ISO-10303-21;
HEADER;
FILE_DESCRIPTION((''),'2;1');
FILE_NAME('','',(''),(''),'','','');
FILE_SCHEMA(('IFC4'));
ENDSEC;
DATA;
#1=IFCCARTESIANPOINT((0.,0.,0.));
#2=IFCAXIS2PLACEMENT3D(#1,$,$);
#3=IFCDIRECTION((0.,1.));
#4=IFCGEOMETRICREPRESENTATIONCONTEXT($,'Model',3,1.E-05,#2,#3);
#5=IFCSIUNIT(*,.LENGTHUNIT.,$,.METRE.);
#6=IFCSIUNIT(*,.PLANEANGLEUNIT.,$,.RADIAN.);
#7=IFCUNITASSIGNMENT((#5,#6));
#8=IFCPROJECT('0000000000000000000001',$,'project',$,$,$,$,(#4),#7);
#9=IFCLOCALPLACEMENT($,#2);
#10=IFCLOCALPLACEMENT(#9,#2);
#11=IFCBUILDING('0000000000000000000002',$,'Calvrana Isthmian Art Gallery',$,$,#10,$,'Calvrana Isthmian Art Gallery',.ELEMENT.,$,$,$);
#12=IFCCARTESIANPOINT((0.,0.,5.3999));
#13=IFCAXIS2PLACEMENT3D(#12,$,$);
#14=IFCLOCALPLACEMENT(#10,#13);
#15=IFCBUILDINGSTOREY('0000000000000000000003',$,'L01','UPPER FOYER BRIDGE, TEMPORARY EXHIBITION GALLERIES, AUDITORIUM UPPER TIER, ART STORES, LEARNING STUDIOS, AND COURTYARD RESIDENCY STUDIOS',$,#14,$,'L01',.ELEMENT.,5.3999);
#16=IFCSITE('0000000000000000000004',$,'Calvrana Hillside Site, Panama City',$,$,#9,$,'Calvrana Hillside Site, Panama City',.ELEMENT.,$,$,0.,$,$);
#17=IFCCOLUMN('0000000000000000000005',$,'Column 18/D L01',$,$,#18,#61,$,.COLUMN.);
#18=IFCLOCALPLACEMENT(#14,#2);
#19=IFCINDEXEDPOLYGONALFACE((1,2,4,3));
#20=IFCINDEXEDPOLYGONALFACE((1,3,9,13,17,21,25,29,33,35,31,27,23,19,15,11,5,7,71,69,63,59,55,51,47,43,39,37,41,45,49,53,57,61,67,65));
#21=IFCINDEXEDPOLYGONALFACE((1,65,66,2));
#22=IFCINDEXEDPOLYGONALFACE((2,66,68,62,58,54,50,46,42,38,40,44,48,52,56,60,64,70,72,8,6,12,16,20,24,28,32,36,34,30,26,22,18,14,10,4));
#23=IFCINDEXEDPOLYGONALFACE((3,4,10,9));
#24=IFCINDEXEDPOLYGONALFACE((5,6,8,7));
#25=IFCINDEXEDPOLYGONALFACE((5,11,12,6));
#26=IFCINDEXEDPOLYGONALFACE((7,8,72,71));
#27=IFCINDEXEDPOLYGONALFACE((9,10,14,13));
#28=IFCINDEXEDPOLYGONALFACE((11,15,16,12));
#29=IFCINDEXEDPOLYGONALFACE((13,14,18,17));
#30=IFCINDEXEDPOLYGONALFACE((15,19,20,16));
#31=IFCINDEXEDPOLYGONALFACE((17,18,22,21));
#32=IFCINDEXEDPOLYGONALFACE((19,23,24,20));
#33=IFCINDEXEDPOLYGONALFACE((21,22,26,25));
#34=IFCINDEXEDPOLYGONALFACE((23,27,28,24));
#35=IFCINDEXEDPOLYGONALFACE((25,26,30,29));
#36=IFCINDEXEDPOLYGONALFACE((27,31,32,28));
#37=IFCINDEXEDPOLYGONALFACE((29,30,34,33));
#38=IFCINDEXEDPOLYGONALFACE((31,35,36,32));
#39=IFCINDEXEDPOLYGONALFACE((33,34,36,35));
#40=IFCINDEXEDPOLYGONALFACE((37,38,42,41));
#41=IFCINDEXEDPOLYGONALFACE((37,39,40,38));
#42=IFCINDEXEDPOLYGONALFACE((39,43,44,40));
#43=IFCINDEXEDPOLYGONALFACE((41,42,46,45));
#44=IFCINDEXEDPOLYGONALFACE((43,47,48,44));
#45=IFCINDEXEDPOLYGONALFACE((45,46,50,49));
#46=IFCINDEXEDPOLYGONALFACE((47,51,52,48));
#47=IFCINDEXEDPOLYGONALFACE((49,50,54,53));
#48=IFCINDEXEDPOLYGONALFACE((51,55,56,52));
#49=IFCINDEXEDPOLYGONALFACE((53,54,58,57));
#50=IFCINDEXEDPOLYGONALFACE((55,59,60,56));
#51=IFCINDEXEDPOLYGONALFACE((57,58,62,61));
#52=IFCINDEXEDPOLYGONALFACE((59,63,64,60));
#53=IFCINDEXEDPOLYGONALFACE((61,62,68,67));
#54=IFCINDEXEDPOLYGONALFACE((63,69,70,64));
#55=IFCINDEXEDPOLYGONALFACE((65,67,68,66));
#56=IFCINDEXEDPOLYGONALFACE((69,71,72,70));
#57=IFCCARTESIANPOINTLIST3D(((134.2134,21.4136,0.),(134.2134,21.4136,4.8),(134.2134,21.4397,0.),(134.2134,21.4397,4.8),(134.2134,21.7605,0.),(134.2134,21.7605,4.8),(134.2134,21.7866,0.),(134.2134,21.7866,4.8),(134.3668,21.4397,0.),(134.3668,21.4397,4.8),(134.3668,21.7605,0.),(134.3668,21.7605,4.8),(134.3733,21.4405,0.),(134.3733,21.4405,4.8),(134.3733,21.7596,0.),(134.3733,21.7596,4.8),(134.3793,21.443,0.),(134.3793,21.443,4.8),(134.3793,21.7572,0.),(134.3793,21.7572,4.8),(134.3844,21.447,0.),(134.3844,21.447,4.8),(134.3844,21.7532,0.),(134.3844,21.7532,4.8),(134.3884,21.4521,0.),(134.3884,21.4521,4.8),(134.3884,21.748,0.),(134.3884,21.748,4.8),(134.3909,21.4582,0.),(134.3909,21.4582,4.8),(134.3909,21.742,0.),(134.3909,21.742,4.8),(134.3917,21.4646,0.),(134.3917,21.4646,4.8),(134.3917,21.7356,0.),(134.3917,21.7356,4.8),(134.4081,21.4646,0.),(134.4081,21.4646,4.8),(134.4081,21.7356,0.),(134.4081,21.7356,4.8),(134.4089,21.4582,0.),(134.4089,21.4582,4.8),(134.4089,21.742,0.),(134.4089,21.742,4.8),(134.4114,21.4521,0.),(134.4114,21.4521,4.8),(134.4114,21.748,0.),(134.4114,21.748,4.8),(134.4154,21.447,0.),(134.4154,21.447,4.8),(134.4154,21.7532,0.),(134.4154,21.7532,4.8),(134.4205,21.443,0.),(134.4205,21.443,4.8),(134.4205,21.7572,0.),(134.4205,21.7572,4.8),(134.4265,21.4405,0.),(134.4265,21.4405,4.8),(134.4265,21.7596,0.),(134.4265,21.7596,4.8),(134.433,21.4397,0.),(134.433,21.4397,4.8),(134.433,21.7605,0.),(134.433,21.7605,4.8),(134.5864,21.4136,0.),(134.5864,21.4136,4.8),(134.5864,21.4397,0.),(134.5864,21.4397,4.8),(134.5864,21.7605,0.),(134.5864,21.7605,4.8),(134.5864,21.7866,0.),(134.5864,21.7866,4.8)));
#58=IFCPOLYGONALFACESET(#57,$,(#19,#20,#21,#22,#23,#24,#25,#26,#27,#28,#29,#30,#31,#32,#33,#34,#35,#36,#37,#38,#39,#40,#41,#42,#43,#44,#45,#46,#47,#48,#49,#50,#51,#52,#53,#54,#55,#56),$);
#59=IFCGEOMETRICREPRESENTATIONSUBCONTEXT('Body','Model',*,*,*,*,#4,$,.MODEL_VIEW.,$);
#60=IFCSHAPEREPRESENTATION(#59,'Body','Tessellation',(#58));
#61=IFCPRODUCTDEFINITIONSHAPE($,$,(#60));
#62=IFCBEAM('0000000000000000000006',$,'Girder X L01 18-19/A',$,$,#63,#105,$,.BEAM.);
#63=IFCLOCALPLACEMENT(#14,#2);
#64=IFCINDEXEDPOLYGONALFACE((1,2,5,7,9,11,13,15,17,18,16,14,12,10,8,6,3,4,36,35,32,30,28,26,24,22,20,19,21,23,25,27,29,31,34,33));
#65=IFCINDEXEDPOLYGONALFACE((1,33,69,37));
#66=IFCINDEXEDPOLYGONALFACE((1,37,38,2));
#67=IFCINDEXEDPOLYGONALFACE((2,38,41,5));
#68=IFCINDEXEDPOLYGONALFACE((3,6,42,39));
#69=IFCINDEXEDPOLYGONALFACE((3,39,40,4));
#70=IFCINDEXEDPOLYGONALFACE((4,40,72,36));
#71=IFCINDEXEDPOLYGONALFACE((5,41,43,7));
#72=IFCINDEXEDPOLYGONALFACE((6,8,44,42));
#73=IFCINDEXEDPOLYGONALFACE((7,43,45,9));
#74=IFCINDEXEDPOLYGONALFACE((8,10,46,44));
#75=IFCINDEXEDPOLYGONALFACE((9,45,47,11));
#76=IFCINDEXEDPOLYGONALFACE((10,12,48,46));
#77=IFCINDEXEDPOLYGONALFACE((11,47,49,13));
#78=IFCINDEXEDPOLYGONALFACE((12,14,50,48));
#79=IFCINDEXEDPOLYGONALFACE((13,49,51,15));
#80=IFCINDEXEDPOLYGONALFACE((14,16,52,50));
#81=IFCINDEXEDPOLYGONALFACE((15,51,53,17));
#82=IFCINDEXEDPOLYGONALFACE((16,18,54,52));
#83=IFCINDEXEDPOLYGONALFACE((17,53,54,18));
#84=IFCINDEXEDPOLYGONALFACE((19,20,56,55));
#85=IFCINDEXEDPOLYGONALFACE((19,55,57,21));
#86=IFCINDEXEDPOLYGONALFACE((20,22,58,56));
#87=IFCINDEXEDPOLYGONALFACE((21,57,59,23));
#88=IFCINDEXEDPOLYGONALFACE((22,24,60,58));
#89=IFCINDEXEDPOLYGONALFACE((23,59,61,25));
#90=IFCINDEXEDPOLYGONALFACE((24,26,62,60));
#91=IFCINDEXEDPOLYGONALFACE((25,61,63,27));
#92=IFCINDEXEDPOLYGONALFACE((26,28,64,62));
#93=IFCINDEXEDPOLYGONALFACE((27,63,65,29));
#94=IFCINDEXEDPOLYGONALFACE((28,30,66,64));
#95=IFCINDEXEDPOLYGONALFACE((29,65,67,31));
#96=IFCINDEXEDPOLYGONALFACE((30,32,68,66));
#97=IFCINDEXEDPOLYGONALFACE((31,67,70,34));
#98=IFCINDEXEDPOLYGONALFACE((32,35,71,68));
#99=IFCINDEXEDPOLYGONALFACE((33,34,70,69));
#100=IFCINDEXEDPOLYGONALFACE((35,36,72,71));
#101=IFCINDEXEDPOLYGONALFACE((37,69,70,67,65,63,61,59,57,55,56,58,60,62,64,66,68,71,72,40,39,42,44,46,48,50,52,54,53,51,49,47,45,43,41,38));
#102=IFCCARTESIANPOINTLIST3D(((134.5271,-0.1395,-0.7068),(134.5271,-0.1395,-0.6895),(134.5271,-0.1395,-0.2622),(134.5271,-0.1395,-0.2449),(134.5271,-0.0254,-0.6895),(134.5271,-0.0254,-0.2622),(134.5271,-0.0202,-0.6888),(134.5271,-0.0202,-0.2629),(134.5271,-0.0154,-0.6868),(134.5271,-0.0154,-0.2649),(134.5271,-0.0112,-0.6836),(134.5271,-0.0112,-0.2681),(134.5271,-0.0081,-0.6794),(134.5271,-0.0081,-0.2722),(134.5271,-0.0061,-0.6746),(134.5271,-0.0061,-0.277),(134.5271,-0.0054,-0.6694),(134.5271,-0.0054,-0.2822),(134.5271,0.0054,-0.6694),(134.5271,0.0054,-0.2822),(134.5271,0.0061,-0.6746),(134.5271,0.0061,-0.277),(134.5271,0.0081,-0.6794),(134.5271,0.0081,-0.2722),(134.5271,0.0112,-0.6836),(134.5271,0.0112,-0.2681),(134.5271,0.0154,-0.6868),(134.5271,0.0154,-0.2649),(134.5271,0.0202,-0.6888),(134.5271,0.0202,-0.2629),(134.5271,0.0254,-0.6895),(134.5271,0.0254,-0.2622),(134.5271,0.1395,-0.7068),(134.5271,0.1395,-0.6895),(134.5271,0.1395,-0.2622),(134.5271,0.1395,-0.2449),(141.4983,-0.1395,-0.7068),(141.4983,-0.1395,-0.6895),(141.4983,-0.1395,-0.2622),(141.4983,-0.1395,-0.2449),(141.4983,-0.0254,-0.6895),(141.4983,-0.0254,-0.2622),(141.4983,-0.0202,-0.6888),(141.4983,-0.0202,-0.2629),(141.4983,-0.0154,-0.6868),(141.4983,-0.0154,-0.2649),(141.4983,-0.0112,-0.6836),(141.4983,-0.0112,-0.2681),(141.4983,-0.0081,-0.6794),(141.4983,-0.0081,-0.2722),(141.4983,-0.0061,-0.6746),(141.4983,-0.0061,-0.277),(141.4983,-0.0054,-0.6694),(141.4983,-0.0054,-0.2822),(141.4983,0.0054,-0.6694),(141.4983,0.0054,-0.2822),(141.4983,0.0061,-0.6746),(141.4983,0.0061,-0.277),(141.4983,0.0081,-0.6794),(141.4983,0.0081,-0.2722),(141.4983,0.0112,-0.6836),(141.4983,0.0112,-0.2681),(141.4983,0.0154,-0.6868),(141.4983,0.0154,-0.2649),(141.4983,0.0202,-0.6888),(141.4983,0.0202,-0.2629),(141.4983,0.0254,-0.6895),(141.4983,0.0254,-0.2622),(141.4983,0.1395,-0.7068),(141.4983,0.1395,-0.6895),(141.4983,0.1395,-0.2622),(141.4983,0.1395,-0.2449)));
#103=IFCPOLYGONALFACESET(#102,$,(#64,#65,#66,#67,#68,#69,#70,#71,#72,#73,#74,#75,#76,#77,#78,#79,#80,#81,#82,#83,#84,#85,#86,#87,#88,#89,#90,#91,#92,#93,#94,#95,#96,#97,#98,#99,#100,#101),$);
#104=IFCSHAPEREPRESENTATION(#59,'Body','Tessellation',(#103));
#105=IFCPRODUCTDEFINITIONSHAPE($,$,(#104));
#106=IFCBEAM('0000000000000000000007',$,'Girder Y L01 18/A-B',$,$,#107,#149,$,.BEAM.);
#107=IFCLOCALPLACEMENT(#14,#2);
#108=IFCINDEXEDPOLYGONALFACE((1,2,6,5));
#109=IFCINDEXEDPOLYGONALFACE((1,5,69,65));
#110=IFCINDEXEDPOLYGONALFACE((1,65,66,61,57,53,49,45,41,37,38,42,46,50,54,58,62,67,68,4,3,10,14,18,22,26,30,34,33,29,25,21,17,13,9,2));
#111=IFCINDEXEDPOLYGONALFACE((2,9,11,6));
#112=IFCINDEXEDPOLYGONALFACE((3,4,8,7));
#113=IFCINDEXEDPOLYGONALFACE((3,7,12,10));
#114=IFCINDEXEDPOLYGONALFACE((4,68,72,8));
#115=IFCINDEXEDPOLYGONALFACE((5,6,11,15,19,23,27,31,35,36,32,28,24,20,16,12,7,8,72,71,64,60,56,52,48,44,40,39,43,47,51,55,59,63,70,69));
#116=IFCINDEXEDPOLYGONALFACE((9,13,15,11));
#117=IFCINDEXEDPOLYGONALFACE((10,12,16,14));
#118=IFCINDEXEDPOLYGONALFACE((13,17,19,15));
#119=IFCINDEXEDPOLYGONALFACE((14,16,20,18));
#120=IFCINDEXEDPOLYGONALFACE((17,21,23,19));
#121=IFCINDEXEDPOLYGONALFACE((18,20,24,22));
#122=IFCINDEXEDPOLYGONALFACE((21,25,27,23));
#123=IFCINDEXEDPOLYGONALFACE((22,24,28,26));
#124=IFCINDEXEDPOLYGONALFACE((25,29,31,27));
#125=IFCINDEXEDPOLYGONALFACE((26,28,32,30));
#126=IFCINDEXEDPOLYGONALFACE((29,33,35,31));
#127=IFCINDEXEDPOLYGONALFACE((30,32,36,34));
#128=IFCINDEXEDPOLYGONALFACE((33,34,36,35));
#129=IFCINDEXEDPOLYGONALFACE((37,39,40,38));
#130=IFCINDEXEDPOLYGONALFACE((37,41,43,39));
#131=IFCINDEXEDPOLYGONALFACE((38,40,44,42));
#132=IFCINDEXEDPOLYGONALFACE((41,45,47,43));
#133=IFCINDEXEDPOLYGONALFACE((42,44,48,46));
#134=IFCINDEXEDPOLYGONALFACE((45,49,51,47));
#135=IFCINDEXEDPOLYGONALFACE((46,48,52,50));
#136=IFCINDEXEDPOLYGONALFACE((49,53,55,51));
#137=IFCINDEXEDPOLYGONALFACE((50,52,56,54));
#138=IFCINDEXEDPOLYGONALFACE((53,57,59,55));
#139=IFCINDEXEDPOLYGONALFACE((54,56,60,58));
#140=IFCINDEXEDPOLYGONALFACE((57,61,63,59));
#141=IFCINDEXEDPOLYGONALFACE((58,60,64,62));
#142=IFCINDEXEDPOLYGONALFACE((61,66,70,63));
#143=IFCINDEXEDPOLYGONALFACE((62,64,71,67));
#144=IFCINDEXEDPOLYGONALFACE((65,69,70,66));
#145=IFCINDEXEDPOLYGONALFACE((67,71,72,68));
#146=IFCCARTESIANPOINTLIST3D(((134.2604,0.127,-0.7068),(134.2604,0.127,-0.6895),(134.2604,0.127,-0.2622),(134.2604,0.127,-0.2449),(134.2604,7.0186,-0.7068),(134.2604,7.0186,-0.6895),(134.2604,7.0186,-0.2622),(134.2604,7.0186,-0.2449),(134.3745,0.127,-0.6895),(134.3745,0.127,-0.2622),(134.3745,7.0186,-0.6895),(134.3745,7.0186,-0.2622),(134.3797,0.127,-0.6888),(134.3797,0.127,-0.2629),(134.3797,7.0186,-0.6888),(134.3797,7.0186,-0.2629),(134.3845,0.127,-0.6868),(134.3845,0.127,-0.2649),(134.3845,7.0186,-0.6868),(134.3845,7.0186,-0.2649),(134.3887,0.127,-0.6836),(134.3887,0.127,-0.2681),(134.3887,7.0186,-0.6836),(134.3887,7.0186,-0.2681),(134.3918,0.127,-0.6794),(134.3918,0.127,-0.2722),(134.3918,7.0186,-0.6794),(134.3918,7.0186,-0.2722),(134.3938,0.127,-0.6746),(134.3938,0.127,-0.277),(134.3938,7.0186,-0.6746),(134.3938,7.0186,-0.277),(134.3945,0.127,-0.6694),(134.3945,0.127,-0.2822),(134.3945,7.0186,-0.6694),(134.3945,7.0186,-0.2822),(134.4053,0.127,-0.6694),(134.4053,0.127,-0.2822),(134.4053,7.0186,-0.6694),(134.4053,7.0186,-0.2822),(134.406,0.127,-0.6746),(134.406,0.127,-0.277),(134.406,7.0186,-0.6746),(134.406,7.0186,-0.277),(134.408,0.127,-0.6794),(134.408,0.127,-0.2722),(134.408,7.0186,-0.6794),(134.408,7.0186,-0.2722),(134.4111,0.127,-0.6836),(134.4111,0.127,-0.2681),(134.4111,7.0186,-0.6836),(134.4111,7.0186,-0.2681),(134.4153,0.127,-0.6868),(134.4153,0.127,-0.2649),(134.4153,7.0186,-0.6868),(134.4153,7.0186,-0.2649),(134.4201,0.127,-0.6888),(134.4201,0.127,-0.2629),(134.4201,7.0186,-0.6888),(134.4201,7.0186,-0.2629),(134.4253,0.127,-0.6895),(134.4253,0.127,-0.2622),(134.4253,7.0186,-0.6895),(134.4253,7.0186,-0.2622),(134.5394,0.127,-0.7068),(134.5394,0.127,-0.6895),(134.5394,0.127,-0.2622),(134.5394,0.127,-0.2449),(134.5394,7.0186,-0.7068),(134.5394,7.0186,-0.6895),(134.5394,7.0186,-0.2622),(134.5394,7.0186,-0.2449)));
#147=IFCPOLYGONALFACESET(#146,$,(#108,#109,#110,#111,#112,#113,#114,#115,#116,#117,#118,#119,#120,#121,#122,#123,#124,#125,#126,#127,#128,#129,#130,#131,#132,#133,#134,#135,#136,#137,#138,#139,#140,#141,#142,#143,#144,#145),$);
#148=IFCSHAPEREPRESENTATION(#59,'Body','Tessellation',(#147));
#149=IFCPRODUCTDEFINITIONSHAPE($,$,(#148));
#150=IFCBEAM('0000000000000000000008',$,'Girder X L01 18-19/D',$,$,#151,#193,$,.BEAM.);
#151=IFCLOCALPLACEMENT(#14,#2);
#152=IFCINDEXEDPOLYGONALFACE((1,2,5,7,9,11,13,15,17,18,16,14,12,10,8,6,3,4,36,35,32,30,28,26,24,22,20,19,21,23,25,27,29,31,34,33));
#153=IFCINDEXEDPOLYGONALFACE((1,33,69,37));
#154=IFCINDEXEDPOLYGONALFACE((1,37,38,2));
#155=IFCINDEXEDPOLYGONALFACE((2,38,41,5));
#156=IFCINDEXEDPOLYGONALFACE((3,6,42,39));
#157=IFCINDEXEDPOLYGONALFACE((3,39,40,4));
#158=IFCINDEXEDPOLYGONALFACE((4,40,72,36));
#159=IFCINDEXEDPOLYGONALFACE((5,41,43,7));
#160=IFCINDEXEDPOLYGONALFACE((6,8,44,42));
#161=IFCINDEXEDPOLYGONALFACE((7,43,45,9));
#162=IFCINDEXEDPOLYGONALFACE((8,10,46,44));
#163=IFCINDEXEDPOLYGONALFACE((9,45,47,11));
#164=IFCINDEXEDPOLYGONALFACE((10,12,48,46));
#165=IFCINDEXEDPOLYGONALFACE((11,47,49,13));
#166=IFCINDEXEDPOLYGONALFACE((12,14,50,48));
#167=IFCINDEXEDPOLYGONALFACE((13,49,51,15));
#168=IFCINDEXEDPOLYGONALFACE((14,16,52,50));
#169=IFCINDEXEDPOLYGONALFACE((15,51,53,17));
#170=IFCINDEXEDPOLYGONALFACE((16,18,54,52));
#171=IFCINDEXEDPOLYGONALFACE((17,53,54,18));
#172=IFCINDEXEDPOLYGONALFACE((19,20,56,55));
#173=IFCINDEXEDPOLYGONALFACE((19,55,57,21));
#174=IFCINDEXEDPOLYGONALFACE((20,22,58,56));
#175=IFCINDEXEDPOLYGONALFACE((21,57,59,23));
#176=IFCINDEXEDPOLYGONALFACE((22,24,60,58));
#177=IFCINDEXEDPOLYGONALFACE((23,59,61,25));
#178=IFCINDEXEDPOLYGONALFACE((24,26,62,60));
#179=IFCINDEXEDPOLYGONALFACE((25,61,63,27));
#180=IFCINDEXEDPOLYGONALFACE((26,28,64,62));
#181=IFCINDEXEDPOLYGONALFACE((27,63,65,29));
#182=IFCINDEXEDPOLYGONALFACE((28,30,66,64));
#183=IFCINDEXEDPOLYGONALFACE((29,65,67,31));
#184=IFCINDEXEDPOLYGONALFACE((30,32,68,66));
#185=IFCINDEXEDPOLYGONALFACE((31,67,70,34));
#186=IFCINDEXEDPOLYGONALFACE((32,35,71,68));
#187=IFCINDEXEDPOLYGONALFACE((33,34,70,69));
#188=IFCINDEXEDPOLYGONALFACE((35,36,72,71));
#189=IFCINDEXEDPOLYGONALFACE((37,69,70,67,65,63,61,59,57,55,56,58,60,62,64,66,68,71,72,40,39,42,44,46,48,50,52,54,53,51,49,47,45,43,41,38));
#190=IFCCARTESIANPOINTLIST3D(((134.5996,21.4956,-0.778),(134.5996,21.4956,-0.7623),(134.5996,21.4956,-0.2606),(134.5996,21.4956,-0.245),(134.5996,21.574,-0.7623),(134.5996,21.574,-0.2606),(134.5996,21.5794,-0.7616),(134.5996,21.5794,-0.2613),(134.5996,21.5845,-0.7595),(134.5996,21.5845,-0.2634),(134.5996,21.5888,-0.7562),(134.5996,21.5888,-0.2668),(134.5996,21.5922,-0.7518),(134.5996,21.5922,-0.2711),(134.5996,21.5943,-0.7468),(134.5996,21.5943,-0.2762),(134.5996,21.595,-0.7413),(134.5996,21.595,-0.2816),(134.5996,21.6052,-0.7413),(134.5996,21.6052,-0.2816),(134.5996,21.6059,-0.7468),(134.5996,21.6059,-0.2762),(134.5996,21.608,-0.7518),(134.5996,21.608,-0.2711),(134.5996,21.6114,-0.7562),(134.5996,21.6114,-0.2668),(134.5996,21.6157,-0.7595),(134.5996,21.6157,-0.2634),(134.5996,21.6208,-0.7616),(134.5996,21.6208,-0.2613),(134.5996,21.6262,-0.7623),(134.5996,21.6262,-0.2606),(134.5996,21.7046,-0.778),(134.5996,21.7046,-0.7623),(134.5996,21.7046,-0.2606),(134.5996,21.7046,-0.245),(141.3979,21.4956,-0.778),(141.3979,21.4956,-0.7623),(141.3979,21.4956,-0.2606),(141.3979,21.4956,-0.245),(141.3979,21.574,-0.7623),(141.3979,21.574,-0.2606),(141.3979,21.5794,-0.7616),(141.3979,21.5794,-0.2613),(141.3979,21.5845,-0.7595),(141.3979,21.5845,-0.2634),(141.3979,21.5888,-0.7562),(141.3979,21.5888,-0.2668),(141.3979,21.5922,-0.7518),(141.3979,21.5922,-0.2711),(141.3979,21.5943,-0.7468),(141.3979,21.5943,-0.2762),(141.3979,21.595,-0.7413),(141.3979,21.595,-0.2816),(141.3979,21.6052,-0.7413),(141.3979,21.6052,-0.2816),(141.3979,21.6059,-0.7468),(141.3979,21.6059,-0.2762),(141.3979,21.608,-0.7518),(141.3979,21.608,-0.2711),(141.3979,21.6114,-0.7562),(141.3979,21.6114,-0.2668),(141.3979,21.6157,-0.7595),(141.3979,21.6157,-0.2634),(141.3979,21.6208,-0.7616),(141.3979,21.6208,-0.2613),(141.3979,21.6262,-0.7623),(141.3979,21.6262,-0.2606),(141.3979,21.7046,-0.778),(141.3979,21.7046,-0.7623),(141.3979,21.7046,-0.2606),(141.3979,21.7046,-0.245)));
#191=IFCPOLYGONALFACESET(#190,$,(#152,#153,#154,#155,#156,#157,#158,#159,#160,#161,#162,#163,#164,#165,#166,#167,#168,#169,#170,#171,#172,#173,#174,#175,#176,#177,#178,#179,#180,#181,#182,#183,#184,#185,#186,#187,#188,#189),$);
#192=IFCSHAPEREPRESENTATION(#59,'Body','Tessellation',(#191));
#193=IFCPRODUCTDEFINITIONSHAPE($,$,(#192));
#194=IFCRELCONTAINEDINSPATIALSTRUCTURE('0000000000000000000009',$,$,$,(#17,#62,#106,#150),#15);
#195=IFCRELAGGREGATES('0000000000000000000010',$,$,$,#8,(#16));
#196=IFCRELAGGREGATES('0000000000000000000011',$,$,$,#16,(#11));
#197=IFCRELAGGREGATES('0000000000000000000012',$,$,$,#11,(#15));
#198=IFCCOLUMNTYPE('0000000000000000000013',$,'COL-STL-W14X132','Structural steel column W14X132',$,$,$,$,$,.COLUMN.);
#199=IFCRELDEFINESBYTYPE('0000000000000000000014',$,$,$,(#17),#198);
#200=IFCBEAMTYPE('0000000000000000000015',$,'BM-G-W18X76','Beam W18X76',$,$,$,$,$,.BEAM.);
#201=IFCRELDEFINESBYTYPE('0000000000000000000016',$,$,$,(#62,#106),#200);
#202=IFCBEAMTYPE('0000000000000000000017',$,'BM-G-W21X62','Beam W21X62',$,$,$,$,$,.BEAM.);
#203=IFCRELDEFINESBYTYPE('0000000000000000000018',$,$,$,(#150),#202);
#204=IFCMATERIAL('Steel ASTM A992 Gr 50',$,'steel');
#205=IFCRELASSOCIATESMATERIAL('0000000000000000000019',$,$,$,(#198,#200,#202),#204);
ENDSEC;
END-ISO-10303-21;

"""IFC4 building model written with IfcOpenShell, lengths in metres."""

from ifc_helpers import new_model, si_unit, direction, frame, origin, origin_2d, place, context, subcontext, project, spatial, i_section, extrude, material, material_profile, profile_set, type_object, element, save


model = new_model("IFC4")

# Units and contexts
model_context = context("Model", 3, precision=1e-05, world=origin(), true_north=direction((0.0, 1.0)))
body_context = subcontext(model_context, "Body", "Model", "MODEL_VIEW")
ifc_project = project(units=[si_unit("LENGTHUNIT", "METRE"), si_unit("PLANEANGLEUNIT", "RADIAN")], contexts=[model_context])

# Site, building, storey
site_placement = place(None, origin())
site = spatial("IfcSite", under=ifc_project, at=site_placement, Name="Calvrana Hillside Site, Panama City", LongName="Calvrana Hillside Site, Panama City", CompositionType="ELEMENT", RefElevation=0.0)
building_placement = place(site_placement, origin())
building = spatial("IfcBuilding", under=site, at=building_placement, Name="Calvrana Isthmian Art Gallery", LongName="Calvrana Isthmian Art Gallery", CompositionType="ELEMENT")
storey_placement = place(building_placement, frame((0.0, 0.0, 5.3999)))
storey = spatial("IfcBuildingStorey", under=building, at=storey_placement, Name="L01", Description="UPPER FOYER BRIDGE, TEMPORARY EXHIBITION GALLERIES, AUDITORIUM UPPER TIER, ART STORES, LEARNING STUDIOS, AND COURTYARD RESIDENCY STUDIOS", LongName="L01", CompositionType="ELEMENT", Elevation=5.3999)

# Column
ifc_material_1 = material(Name="Steel ASTM A992 Gr 50", Category="steel")
ifc_material_profile_1 = material_profile(ifc_material_1, i_section(OverallWidth=0.373, OverallDepth=0.373, WebThickness=0.0164, FlangeThickness=0.0261, FilletRadius=0.0249, at=origin_2d()), Name="W14X132")
ifc_profile_set_1 = profile_set([ifc_material_profile_1], Name="Steel ASTM A992 Gr 50")
column_type_1 = type_object("IfcColumnType", Name="COL-STL-W14X132", Description="Structural steel column W14X132", PredefinedType="COLUMN", material=ifc_profile_set_1)
for number, where, z_axis, x_axis, name in (
    (1, (134.3999, 21.6001, 0.0), (0.0, 0.0, 1.0), (1.0, 0.0, 0.0), "Column 18/D L01"),
):
    element("IfcColumn", number, at=place(storey_placement, frame(where, z_axis=z_axis, x_axis=x_axis)), inside=storey, type_object=column_type_1, Name=name, PredefinedType="COLUMN", context=body_context, shape_type="SweptSolid", body=[
        extrude(i_section(OverallWidth=0.373, OverallDepth=0.373, WebThickness=0.0164, FlangeThickness=0.0261, FilletRadius=0.0249, at=origin_2d()), origin(), (0.0, 0.0, 1.0), 4.8),
    ])

# Beams
ifc_material_profile_2 = material_profile(ifc_material_1, i_section(OverallWidth=0.2791, OverallDepth=0.4619, WebThickness=0.0107, FlangeThickness=0.0173, FilletRadius=0.02, at=origin_2d()), Name="W18X76")
ifc_profile_set_2 = profile_set([ifc_material_profile_2], Name="Steel ASTM A992 Gr 50")
beam_type_1 = type_object("IfcBeamType", Name="BM-G-W18X76", Description="Beam W18X76", PredefinedType="BEAM", material=ifc_profile_set_2)
beam_1_placement = place(storey_placement, frame((134.5271, 0.0, -0.4758), z_axis=(1.0, 0.0, 0.0), x_axis=(0.0, 1.0, 0.0)))
element("IfcBeam", 2, at=beam_1_placement, inside=storey, type_object=beam_type_1, Name="Girder X L01 18-19/A", PredefinedType="BEAM", context=body_context, shape_type="SweptSolid", body=[
    extrude(i_section(OverallWidth=0.2791, OverallDepth=0.4619, WebThickness=0.0107, FlangeThickness=0.0173, FilletRadius=0.02, at=origin_2d()), origin(), (0.0, 0.0, 1.0), 6.9712),
])
beam_2_placement = place(storey_placement, frame((134.3999, 0.127, -0.4758), z_axis=(0.0, 1.0, 0.0), x_axis=(-1.0, 0.0, 0.0)))
element("IfcBeam", 3, at=beam_2_placement, inside=storey, type_object=beam_type_1, Name="Girder Y L01 18/A-B", PredefinedType="BEAM", context=body_context, shape_type="SweptSolid", body=[
    extrude(i_section(OverallWidth=0.2791, OverallDepth=0.4619, WebThickness=0.0107, FlangeThickness=0.0173, FilletRadius=0.02, at=origin_2d()), origin(), (0.0, 0.0, 1.0), 6.8916),
])
ifc_material_profile_3 = material_profile(ifc_material_1, i_section(OverallWidth=0.209, OverallDepth=0.533, WebThickness=0.0103, FlangeThickness=0.0156, FilletRadius=0.021, at=origin_2d()), Name="W21X62")
ifc_profile_set_3 = profile_set([ifc_material_profile_3], Name="Steel ASTM A992 Gr 50")
beam_type_2 = type_object("IfcBeamType", Name="BM-G-W21X62", Description="Beam W21X62", PredefinedType="BEAM", material=ifc_profile_set_3)
beam_3_placement = place(storey_placement, frame((134.5996, 21.6001, -0.5115), z_axis=(1.0, 0.0, 0.0), x_axis=(0.0, 1.0, 0.0)))
element("IfcBeam", 4, at=beam_3_placement, inside=storey, type_object=beam_type_2, Name="Girder X L01 18-19/D", PredefinedType="BEAM", context=body_context, shape_type="SweptSolid", body=[
    extrude(i_section(OverallWidth=0.209, OverallDepth=0.533, WebThickness=0.0103, FlangeThickness=0.0156, FilletRadius=0.021, at=origin_2d()), origin(), (0.0, 0.0, 1.0), 6.7983),
])

save(model, "model.ifc")
